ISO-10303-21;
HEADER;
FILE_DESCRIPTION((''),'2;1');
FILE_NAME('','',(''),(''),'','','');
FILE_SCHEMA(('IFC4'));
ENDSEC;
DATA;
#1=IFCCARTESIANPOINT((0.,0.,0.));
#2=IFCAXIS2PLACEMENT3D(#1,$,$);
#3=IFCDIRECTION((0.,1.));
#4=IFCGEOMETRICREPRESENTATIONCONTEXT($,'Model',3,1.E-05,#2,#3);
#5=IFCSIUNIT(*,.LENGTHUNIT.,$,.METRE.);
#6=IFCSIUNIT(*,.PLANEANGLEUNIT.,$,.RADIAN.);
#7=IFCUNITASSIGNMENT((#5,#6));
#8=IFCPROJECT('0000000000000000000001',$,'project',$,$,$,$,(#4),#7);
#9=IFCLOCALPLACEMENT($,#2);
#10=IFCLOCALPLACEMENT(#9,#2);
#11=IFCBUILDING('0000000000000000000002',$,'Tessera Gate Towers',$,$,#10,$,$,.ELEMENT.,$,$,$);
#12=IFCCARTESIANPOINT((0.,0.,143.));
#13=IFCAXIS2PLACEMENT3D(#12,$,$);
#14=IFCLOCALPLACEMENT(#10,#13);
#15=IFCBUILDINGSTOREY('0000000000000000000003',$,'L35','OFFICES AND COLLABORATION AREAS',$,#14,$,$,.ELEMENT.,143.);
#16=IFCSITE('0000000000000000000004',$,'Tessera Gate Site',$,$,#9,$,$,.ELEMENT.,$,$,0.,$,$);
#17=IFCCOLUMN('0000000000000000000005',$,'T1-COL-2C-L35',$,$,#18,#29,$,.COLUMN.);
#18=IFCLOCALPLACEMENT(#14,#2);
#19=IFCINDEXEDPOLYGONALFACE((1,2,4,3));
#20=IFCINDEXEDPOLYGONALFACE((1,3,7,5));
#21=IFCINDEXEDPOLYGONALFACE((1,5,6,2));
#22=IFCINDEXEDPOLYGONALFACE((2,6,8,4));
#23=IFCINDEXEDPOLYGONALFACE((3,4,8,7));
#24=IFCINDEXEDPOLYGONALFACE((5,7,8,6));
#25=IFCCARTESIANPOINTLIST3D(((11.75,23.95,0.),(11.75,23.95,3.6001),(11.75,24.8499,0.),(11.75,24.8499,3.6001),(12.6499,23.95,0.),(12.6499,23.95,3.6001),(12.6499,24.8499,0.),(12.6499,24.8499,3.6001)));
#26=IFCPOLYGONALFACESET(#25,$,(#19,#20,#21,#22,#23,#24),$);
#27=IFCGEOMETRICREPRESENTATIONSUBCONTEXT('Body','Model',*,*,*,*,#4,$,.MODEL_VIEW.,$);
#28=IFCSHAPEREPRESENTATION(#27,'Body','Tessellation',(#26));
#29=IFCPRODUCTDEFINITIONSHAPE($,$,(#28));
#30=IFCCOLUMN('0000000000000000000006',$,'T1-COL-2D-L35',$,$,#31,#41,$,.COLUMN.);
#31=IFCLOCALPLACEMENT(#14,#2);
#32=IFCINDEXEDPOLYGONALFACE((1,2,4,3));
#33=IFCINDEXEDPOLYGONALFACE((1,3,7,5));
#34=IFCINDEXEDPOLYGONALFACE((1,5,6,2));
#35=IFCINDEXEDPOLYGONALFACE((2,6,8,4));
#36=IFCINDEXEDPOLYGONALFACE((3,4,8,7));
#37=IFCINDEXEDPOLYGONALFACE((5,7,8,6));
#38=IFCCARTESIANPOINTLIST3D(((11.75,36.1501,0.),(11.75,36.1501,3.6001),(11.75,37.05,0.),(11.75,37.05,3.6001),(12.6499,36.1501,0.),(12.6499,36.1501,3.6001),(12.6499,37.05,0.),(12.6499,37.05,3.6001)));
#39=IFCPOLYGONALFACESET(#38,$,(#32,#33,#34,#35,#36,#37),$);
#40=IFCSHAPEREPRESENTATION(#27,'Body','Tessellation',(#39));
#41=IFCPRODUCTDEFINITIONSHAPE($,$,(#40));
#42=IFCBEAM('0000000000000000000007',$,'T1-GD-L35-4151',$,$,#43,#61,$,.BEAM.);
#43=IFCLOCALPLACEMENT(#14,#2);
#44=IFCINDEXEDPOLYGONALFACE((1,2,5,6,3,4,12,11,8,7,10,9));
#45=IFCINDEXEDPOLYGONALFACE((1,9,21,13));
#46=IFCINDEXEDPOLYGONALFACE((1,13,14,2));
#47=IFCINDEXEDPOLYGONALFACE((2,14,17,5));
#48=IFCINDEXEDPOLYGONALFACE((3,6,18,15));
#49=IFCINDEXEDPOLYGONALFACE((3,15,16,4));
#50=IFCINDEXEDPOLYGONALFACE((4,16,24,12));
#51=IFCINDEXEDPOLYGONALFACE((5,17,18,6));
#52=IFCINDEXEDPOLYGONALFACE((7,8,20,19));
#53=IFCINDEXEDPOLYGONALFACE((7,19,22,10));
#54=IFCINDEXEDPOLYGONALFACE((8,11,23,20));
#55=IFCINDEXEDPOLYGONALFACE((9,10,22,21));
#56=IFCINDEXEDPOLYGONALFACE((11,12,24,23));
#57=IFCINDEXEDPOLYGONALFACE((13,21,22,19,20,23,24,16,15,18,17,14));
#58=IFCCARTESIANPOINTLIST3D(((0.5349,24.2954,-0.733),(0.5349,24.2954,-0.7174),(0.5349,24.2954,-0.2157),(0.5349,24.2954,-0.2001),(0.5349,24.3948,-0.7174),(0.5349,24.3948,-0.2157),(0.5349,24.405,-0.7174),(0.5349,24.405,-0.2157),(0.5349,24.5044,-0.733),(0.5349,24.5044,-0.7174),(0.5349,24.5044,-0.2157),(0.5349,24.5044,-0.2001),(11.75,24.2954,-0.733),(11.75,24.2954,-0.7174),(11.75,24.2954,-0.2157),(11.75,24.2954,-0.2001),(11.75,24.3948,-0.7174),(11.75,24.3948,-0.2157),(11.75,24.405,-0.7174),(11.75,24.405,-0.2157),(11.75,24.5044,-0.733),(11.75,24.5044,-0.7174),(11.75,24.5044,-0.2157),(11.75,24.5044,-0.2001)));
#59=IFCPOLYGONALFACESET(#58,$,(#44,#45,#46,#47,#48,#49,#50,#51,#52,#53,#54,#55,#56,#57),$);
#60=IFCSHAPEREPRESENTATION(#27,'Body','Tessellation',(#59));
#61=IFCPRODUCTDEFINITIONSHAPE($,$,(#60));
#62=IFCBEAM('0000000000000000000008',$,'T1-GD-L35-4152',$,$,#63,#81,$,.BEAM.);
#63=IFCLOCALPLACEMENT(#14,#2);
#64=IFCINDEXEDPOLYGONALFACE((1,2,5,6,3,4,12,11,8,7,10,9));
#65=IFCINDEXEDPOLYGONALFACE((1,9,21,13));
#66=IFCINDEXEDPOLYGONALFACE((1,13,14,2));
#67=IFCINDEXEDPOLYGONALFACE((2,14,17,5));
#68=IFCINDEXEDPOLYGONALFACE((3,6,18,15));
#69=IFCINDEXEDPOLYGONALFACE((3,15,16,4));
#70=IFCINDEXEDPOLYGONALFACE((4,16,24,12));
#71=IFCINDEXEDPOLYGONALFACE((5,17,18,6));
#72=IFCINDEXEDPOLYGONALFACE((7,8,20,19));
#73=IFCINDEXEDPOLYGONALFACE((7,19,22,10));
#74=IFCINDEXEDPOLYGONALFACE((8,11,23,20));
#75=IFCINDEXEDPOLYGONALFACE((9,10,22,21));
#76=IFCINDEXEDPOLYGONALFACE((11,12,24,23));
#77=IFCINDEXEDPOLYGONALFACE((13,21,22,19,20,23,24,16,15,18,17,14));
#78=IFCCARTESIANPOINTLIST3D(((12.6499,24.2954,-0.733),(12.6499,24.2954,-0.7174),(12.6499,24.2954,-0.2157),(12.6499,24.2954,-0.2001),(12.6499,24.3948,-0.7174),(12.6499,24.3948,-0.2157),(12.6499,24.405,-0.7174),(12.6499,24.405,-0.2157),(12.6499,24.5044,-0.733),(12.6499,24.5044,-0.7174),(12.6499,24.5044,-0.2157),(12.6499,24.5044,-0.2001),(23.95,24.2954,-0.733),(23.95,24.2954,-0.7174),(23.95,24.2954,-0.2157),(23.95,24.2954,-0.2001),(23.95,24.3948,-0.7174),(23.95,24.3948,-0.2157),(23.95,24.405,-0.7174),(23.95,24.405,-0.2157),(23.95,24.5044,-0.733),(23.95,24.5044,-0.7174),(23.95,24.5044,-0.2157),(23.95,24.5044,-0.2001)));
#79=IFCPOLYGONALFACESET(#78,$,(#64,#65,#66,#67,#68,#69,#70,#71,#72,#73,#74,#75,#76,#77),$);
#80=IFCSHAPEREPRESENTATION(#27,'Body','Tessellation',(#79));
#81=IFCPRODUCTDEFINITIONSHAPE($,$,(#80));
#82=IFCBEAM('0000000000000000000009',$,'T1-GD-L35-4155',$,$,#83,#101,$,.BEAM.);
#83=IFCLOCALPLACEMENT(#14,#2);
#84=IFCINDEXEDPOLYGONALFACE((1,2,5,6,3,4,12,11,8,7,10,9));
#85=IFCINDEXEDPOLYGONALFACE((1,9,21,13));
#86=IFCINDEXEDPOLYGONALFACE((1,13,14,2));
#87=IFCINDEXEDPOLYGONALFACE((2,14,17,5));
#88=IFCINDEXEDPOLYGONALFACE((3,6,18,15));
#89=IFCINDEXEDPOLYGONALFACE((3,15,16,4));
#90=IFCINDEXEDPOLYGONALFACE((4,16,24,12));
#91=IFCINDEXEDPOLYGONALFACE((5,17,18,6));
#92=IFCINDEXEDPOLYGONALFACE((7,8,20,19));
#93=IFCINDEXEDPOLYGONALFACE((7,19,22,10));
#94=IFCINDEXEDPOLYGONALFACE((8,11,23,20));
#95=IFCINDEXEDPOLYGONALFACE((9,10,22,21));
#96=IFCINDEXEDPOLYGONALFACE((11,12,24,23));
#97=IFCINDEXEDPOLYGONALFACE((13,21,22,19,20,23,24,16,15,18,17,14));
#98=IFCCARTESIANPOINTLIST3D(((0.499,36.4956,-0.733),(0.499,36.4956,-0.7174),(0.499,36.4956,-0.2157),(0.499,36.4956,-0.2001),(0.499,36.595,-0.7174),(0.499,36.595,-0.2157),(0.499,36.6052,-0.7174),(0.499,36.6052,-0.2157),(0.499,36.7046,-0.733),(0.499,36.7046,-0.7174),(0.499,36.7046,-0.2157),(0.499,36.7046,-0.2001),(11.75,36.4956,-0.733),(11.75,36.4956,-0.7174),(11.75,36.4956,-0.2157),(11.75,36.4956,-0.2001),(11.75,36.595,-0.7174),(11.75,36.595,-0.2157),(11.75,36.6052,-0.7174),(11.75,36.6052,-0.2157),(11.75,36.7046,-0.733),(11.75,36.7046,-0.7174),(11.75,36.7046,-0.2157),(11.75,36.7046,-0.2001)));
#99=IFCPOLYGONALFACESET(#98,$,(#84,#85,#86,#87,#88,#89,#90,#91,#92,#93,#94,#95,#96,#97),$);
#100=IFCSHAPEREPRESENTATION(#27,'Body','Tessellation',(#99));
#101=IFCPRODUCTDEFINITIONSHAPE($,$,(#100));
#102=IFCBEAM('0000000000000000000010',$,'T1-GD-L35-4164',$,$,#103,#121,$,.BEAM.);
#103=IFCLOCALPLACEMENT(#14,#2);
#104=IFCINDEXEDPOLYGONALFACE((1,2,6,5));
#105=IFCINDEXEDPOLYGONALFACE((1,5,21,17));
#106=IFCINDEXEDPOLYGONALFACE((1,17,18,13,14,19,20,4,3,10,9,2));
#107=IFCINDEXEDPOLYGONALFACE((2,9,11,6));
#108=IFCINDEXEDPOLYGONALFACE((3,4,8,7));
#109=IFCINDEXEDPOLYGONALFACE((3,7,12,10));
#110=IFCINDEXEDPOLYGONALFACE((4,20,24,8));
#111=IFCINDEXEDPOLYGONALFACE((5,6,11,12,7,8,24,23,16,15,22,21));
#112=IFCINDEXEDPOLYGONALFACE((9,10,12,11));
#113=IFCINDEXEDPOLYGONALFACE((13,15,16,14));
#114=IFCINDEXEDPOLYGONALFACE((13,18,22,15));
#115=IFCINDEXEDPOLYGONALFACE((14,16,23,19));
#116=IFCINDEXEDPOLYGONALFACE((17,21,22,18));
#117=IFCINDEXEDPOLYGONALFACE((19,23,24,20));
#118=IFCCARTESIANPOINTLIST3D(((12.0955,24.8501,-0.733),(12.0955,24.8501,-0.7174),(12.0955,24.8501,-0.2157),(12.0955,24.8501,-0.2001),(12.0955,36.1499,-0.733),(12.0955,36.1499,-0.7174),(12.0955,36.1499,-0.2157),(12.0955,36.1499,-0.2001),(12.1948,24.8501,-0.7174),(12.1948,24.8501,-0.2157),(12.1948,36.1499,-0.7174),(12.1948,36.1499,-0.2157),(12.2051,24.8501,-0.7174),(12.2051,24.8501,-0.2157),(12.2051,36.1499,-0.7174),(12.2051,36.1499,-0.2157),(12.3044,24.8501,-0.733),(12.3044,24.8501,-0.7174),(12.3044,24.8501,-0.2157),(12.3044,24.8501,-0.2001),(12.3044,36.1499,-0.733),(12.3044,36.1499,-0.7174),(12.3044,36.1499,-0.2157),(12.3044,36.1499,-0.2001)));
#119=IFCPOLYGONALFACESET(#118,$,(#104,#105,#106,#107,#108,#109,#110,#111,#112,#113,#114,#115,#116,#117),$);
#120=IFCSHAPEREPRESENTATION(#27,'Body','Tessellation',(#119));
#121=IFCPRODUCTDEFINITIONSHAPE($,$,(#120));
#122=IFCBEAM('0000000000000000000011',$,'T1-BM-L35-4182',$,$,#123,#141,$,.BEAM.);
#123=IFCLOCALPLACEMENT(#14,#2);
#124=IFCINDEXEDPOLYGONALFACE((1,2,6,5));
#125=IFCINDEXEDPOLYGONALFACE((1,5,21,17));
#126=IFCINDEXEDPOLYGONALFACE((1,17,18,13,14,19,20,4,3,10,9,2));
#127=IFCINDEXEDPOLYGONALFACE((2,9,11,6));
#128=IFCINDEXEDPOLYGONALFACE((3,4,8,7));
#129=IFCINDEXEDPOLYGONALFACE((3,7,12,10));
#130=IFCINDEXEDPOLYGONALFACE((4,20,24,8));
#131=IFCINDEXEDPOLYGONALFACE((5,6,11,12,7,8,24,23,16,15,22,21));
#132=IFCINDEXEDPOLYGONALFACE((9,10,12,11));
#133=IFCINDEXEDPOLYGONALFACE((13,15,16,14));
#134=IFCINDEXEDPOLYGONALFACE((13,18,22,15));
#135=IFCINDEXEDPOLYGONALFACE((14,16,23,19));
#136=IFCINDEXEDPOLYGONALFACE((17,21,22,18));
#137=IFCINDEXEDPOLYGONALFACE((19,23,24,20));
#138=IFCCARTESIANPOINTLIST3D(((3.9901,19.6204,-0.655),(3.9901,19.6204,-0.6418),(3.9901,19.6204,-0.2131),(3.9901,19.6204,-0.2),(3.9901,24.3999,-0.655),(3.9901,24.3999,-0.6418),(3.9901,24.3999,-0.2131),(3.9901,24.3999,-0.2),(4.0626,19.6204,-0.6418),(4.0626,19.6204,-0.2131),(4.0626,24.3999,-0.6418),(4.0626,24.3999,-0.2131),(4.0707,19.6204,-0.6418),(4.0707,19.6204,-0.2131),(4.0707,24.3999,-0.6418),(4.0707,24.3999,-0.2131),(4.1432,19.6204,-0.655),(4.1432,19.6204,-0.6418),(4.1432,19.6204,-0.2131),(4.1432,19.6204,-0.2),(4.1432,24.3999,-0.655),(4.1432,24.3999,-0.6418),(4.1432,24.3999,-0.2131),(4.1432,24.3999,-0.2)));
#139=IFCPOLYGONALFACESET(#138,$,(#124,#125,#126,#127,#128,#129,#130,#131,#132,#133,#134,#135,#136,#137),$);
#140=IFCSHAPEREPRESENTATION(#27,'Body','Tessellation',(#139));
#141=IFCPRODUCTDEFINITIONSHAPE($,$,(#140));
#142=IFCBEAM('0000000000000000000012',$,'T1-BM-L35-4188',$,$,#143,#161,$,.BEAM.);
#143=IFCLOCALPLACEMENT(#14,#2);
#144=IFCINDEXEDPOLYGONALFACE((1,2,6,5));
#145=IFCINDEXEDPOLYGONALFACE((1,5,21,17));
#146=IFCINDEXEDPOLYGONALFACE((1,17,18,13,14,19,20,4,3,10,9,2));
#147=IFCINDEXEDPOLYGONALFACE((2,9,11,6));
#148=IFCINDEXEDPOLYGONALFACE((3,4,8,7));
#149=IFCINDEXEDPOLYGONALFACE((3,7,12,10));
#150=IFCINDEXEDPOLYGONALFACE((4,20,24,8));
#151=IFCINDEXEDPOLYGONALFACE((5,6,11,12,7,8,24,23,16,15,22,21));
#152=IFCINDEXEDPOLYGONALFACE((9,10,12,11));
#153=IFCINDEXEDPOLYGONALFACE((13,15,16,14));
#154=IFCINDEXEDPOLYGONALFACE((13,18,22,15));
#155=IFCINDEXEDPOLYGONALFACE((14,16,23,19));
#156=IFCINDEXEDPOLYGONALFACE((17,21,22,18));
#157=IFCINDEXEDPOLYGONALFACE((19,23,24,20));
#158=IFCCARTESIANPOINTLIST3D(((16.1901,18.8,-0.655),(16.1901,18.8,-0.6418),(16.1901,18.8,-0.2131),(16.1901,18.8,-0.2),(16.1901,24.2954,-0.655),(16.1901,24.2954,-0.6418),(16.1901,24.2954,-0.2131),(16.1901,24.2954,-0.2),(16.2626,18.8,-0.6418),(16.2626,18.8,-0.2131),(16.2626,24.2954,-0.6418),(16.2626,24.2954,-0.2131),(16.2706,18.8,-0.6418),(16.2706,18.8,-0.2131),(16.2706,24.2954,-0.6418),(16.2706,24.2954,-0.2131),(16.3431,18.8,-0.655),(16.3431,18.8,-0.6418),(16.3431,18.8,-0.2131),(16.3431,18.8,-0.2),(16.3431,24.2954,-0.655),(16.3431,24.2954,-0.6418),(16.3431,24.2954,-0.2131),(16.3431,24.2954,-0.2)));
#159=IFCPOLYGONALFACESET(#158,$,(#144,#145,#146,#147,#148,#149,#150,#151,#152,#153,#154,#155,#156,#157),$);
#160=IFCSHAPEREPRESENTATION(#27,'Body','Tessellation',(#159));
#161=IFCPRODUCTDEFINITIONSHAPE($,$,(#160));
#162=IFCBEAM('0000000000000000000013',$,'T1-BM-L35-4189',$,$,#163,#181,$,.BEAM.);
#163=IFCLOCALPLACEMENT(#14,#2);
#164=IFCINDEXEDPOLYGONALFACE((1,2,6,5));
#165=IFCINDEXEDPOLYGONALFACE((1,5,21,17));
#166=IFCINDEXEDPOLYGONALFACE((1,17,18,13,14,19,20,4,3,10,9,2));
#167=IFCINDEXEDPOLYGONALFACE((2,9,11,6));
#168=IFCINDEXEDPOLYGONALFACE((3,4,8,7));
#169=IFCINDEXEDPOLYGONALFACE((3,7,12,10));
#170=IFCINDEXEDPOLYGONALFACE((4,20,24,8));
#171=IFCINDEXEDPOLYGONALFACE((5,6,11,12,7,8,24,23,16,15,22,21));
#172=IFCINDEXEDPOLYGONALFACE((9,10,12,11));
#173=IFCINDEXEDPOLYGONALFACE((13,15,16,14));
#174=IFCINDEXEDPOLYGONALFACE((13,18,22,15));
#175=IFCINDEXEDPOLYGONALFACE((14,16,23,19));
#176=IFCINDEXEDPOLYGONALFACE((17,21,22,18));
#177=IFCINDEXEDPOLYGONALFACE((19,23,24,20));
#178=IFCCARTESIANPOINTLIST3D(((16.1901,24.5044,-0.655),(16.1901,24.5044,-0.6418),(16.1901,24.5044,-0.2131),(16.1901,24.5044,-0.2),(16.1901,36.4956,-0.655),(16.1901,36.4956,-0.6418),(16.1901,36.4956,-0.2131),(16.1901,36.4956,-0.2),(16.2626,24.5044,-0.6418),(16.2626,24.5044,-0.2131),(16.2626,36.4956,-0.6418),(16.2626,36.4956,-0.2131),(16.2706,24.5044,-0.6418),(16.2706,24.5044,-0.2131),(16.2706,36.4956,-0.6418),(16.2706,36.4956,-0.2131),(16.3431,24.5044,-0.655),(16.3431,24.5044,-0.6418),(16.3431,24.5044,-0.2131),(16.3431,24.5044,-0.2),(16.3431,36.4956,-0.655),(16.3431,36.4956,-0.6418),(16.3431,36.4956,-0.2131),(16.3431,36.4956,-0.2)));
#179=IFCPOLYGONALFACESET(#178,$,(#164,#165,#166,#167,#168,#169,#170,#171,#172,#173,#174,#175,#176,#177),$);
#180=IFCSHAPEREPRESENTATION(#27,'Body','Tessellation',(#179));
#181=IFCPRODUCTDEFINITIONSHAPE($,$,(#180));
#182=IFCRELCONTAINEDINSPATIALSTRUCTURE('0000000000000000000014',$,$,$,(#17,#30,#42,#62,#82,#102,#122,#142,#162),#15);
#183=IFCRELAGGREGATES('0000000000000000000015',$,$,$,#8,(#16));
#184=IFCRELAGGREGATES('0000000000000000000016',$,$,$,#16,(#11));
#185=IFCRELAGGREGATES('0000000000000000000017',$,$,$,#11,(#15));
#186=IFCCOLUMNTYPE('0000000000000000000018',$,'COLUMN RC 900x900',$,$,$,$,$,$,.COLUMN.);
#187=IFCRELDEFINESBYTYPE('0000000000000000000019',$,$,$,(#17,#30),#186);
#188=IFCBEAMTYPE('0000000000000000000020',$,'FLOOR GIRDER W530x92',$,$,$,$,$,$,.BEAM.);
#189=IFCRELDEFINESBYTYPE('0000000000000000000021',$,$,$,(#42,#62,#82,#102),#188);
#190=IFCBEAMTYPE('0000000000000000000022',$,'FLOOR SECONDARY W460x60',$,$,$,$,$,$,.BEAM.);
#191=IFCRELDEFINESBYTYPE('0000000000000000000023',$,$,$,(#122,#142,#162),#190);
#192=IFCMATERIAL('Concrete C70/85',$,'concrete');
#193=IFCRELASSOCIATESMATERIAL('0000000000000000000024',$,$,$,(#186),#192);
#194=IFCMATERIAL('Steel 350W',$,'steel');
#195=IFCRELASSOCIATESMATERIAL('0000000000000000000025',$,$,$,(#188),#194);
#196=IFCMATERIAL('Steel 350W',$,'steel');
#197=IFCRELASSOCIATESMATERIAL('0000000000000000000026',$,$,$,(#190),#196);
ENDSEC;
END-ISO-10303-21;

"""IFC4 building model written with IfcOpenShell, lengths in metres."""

from ifc_helpers import new_model, si_unit, direction, frame, origin, origin_2d, place, context, subcontext, project, spatial, rectangle, i_section, extrude, material, material_profile, profile_set, type_object, element, save


model = new_model("IFC4")

# Units and contexts
model_context = context("Model", 3, precision=1e-05, world=origin(), true_north=direction((0.0, 1.0)))
body_context = subcontext(model_context, "Body", "Model", "MODEL_VIEW")
ifc_project = project(units=[si_unit("LENGTHUNIT", "METRE"), si_unit("PLANEANGLEUNIT", "RADIAN")], contexts=[model_context])

# Site, building, storey
site_placement = place(None, origin())
site = spatial("IfcSite", under=ifc_project, at=site_placement, Name="Tessera Gate Site", CompositionType="ELEMENT", RefElevation=0.0)
building_placement = place(site_placement, origin())
building = spatial("IfcBuilding", under=site, at=building_placement, Name="Tessera Gate Towers", CompositionType="ELEMENT")
storey_placement = place(building_placement, frame((0.0, 0.0, 143.0)))
storey = spatial("IfcBuildingStorey", under=building, at=storey_placement, Name="L35", Description="OFFICES AND COLLABORATION AREAS", CompositionType="ELEMENT", Elevation=143.0)

# Columns
ifc_material_1 = material(Name="Concrete C70/85", Category="concrete")
ifc_material_profile_1 = material_profile(ifc_material_1, rectangle(XDim=0.8999, YDim=0.8999, at=origin_2d()), Name="RC 900x900")
ifc_profile_set_1 = profile_set([ifc_material_profile_1], Name="Concrete C70/85")
column_type = type_object("IfcColumnType", Name="COLUMN RC 900x900", PredefinedType="COLUMN", material=ifc_profile_set_1)
for number, where, z_axis, x_axis, name in (
    (1, (12.2, 24.3999, 0.0), (0.0, 0.0, 1.0), (1.0, 0.0, 0.0), "T1-COL-2C-L35"),
    (2, (12.2, 36.6001, 0.0), (0.0, 0.0, 1.0), (1.0, 0.0, 0.0), "T1-COL-2D-L35"),
):
    element("IfcColumn", number, at=place(storey_placement, frame(where, z_axis=z_axis, x_axis=x_axis)), inside=storey, type_object=column_type, Name=name, PredefinedType="COLUMN", context=body_context, shape_type="SweptSolid", body=[
        extrude(rectangle(XDim=0.8999, YDim=0.8999, at=origin_2d()), origin(), (0.0, 0.0, 1.0), 3.6001),
    ])

# Beams
ifc_material_2 = material(Name="Steel 350W", Category="steel")
ifc_material_profile_2 = material_profile(ifc_material_2, i_section(OverallWidth=0.209, OverallDepth=0.533, WebThickness=0.0103, FlangeThickness=0.0156, at=origin_2d()), Name="W530x92")
ifc_profile_set_2 = profile_set([ifc_material_profile_2], Name="Steel 350W")
beam_type_1 = type_object("IfcBeamType", Name="FLOOR GIRDER W530x92", PredefinedType="BEAM", material=ifc_profile_set_2)
beam_1_placement = place(storey_placement, frame((0.5349, 24.3999, -0.4666), z_axis=(1.0, 0.0, 0.0), x_axis=(0.0, 1.0, 0.0)))
element("IfcBeam", 3, at=beam_1_placement, inside=storey, type_object=beam_type_1, Name="T1-GD-L35-4151", PredefinedType="BEAM", context=body_context, shape_type="SweptSolid", body=[
    extrude(i_section(OverallWidth=0.209, OverallDepth=0.533, WebThickness=0.0103, FlangeThickness=0.0156, at=origin_2d()), origin(), (0.0, 0.0, 1.0), 11.2151),
])
beam_2_placement = place(storey_placement, frame((12.6499, 24.3999, -0.4666), z_axis=(1.0, 0.0, 0.0), x_axis=(0.0, 1.0, 0.0)))
element("IfcBeam", 4, at=beam_2_placement, inside=storey, type_object=beam_type_1, Name="T1-GD-L35-4152", PredefinedType="BEAM", context=body_context, shape_type="SweptSolid", body=[
    extrude(i_section(OverallWidth=0.209, OverallDepth=0.533, WebThickness=0.0103, FlangeThickness=0.0156, at=origin_2d()), origin(), (0.0, 0.0, 1.0), 11.3),
])
beam_3_placement = place(storey_placement, frame((0.499, 36.6001, -0.4666), z_axis=(1.0, 0.0, 0.0), x_axis=(0.0, 1.0, 0.0)))
element("IfcBeam", 5, at=beam_3_placement, inside=storey, type_object=beam_type_1, Name="T1-GD-L35-4155", PredefinedType="BEAM", context=body_context, shape_type="SweptSolid", body=[
    extrude(i_section(OverallWidth=0.209, OverallDepth=0.533, WebThickness=0.0103, FlangeThickness=0.0156, at=origin_2d()), origin(), (0.0, 0.0, 1.0), 11.251),
])
beam_4_placement = place(storey_placement, frame((12.2, 24.8501, -0.4666), z_axis=(0.0, 1.0, 0.0), x_axis=(-1.0, 0.0, 0.0)))
element("IfcBeam", 6, at=beam_4_placement, inside=storey, type_object=beam_type_1, Name="T1-GD-L35-4164", PredefinedType="BEAM", context=body_context, shape_type="SweptSolid", body=[
    extrude(i_section(OverallWidth=0.209, OverallDepth=0.533, WebThickness=0.0103, FlangeThickness=0.0156, at=origin_2d()), origin(), (0.0, 0.0, 1.0), 11.2998),
])
ifc_material_3 = material(Name="Steel 350W", Category="steel")
ifc_material_profile_3 = material_profile(ifc_material_3, i_section(OverallWidth=0.1531, OverallDepth=0.4551, WebThickness=0.0081, FlangeThickness=0.0132, at=origin_2d()), Name="W460x60")
ifc_profile_set_3 = profile_set([ifc_material_profile_3], Name="Steel 350W")
beam_type_2 = type_object("IfcBeamType", Name="FLOOR SECONDARY W460x60", PredefinedType="BEAM", material=ifc_profile_set_3)
beam_5_placement = place(storey_placement, frame((4.0667, 19.6204, -0.4275), z_axis=(0.0, 1.0, 0.0), x_axis=(-1.0, 0.0, 0.0)))
element("IfcBeam", 7, at=beam_5_placement, inside=storey, type_object=beam_type_2, Name="T1-BM-L35-4182", PredefinedType="BEAM", context=body_context, shape_type="SweptSolid", body=[
    extrude(i_section(OverallWidth=0.1531, OverallDepth=0.4551, WebThickness=0.0081, FlangeThickness=0.0132, at=origin_2d()), origin(), (0.0, 0.0, 1.0), 4.7795),
])
beam_6_placement = place(storey_placement, frame((16.2666, 18.8, -0.4275), z_axis=(0.0, 1.0, 0.0), x_axis=(-1.0, 0.0, 0.0)))
element("IfcBeam", 8, at=beam_6_placement, inside=storey, type_object=beam_type_2, Name="T1-BM-L35-4188", PredefinedType="BEAM", context=body_context, shape_type="SweptSolid", body=[
    extrude(i_section(OverallWidth=0.1531, OverallDepth=0.4551, WebThickness=0.0081, FlangeThickness=0.0132, at=origin_2d()), origin(), (0.0, 0.0, 1.0), 5.4954),
])
beam_7_placement = place(storey_placement, frame((16.2666, 24.5044, -0.4275), z_axis=(0.0, 1.0, 0.0), x_axis=(-1.0, 0.0, 0.0)))
element("IfcBeam", 9, at=beam_7_placement, inside=storey, type_object=beam_type_2, Name="T1-BM-L35-4189", PredefinedType="BEAM", context=body_context, shape_type="SweptSolid", body=[
    extrude(i_section(OverallWidth=0.1531, OverallDepth=0.4551, WebThickness=0.0081, FlangeThickness=0.0132, at=origin_2d()), origin(), (0.0, 0.0, 1.0), 11.9912),
])

save(model, "model.ifc")
